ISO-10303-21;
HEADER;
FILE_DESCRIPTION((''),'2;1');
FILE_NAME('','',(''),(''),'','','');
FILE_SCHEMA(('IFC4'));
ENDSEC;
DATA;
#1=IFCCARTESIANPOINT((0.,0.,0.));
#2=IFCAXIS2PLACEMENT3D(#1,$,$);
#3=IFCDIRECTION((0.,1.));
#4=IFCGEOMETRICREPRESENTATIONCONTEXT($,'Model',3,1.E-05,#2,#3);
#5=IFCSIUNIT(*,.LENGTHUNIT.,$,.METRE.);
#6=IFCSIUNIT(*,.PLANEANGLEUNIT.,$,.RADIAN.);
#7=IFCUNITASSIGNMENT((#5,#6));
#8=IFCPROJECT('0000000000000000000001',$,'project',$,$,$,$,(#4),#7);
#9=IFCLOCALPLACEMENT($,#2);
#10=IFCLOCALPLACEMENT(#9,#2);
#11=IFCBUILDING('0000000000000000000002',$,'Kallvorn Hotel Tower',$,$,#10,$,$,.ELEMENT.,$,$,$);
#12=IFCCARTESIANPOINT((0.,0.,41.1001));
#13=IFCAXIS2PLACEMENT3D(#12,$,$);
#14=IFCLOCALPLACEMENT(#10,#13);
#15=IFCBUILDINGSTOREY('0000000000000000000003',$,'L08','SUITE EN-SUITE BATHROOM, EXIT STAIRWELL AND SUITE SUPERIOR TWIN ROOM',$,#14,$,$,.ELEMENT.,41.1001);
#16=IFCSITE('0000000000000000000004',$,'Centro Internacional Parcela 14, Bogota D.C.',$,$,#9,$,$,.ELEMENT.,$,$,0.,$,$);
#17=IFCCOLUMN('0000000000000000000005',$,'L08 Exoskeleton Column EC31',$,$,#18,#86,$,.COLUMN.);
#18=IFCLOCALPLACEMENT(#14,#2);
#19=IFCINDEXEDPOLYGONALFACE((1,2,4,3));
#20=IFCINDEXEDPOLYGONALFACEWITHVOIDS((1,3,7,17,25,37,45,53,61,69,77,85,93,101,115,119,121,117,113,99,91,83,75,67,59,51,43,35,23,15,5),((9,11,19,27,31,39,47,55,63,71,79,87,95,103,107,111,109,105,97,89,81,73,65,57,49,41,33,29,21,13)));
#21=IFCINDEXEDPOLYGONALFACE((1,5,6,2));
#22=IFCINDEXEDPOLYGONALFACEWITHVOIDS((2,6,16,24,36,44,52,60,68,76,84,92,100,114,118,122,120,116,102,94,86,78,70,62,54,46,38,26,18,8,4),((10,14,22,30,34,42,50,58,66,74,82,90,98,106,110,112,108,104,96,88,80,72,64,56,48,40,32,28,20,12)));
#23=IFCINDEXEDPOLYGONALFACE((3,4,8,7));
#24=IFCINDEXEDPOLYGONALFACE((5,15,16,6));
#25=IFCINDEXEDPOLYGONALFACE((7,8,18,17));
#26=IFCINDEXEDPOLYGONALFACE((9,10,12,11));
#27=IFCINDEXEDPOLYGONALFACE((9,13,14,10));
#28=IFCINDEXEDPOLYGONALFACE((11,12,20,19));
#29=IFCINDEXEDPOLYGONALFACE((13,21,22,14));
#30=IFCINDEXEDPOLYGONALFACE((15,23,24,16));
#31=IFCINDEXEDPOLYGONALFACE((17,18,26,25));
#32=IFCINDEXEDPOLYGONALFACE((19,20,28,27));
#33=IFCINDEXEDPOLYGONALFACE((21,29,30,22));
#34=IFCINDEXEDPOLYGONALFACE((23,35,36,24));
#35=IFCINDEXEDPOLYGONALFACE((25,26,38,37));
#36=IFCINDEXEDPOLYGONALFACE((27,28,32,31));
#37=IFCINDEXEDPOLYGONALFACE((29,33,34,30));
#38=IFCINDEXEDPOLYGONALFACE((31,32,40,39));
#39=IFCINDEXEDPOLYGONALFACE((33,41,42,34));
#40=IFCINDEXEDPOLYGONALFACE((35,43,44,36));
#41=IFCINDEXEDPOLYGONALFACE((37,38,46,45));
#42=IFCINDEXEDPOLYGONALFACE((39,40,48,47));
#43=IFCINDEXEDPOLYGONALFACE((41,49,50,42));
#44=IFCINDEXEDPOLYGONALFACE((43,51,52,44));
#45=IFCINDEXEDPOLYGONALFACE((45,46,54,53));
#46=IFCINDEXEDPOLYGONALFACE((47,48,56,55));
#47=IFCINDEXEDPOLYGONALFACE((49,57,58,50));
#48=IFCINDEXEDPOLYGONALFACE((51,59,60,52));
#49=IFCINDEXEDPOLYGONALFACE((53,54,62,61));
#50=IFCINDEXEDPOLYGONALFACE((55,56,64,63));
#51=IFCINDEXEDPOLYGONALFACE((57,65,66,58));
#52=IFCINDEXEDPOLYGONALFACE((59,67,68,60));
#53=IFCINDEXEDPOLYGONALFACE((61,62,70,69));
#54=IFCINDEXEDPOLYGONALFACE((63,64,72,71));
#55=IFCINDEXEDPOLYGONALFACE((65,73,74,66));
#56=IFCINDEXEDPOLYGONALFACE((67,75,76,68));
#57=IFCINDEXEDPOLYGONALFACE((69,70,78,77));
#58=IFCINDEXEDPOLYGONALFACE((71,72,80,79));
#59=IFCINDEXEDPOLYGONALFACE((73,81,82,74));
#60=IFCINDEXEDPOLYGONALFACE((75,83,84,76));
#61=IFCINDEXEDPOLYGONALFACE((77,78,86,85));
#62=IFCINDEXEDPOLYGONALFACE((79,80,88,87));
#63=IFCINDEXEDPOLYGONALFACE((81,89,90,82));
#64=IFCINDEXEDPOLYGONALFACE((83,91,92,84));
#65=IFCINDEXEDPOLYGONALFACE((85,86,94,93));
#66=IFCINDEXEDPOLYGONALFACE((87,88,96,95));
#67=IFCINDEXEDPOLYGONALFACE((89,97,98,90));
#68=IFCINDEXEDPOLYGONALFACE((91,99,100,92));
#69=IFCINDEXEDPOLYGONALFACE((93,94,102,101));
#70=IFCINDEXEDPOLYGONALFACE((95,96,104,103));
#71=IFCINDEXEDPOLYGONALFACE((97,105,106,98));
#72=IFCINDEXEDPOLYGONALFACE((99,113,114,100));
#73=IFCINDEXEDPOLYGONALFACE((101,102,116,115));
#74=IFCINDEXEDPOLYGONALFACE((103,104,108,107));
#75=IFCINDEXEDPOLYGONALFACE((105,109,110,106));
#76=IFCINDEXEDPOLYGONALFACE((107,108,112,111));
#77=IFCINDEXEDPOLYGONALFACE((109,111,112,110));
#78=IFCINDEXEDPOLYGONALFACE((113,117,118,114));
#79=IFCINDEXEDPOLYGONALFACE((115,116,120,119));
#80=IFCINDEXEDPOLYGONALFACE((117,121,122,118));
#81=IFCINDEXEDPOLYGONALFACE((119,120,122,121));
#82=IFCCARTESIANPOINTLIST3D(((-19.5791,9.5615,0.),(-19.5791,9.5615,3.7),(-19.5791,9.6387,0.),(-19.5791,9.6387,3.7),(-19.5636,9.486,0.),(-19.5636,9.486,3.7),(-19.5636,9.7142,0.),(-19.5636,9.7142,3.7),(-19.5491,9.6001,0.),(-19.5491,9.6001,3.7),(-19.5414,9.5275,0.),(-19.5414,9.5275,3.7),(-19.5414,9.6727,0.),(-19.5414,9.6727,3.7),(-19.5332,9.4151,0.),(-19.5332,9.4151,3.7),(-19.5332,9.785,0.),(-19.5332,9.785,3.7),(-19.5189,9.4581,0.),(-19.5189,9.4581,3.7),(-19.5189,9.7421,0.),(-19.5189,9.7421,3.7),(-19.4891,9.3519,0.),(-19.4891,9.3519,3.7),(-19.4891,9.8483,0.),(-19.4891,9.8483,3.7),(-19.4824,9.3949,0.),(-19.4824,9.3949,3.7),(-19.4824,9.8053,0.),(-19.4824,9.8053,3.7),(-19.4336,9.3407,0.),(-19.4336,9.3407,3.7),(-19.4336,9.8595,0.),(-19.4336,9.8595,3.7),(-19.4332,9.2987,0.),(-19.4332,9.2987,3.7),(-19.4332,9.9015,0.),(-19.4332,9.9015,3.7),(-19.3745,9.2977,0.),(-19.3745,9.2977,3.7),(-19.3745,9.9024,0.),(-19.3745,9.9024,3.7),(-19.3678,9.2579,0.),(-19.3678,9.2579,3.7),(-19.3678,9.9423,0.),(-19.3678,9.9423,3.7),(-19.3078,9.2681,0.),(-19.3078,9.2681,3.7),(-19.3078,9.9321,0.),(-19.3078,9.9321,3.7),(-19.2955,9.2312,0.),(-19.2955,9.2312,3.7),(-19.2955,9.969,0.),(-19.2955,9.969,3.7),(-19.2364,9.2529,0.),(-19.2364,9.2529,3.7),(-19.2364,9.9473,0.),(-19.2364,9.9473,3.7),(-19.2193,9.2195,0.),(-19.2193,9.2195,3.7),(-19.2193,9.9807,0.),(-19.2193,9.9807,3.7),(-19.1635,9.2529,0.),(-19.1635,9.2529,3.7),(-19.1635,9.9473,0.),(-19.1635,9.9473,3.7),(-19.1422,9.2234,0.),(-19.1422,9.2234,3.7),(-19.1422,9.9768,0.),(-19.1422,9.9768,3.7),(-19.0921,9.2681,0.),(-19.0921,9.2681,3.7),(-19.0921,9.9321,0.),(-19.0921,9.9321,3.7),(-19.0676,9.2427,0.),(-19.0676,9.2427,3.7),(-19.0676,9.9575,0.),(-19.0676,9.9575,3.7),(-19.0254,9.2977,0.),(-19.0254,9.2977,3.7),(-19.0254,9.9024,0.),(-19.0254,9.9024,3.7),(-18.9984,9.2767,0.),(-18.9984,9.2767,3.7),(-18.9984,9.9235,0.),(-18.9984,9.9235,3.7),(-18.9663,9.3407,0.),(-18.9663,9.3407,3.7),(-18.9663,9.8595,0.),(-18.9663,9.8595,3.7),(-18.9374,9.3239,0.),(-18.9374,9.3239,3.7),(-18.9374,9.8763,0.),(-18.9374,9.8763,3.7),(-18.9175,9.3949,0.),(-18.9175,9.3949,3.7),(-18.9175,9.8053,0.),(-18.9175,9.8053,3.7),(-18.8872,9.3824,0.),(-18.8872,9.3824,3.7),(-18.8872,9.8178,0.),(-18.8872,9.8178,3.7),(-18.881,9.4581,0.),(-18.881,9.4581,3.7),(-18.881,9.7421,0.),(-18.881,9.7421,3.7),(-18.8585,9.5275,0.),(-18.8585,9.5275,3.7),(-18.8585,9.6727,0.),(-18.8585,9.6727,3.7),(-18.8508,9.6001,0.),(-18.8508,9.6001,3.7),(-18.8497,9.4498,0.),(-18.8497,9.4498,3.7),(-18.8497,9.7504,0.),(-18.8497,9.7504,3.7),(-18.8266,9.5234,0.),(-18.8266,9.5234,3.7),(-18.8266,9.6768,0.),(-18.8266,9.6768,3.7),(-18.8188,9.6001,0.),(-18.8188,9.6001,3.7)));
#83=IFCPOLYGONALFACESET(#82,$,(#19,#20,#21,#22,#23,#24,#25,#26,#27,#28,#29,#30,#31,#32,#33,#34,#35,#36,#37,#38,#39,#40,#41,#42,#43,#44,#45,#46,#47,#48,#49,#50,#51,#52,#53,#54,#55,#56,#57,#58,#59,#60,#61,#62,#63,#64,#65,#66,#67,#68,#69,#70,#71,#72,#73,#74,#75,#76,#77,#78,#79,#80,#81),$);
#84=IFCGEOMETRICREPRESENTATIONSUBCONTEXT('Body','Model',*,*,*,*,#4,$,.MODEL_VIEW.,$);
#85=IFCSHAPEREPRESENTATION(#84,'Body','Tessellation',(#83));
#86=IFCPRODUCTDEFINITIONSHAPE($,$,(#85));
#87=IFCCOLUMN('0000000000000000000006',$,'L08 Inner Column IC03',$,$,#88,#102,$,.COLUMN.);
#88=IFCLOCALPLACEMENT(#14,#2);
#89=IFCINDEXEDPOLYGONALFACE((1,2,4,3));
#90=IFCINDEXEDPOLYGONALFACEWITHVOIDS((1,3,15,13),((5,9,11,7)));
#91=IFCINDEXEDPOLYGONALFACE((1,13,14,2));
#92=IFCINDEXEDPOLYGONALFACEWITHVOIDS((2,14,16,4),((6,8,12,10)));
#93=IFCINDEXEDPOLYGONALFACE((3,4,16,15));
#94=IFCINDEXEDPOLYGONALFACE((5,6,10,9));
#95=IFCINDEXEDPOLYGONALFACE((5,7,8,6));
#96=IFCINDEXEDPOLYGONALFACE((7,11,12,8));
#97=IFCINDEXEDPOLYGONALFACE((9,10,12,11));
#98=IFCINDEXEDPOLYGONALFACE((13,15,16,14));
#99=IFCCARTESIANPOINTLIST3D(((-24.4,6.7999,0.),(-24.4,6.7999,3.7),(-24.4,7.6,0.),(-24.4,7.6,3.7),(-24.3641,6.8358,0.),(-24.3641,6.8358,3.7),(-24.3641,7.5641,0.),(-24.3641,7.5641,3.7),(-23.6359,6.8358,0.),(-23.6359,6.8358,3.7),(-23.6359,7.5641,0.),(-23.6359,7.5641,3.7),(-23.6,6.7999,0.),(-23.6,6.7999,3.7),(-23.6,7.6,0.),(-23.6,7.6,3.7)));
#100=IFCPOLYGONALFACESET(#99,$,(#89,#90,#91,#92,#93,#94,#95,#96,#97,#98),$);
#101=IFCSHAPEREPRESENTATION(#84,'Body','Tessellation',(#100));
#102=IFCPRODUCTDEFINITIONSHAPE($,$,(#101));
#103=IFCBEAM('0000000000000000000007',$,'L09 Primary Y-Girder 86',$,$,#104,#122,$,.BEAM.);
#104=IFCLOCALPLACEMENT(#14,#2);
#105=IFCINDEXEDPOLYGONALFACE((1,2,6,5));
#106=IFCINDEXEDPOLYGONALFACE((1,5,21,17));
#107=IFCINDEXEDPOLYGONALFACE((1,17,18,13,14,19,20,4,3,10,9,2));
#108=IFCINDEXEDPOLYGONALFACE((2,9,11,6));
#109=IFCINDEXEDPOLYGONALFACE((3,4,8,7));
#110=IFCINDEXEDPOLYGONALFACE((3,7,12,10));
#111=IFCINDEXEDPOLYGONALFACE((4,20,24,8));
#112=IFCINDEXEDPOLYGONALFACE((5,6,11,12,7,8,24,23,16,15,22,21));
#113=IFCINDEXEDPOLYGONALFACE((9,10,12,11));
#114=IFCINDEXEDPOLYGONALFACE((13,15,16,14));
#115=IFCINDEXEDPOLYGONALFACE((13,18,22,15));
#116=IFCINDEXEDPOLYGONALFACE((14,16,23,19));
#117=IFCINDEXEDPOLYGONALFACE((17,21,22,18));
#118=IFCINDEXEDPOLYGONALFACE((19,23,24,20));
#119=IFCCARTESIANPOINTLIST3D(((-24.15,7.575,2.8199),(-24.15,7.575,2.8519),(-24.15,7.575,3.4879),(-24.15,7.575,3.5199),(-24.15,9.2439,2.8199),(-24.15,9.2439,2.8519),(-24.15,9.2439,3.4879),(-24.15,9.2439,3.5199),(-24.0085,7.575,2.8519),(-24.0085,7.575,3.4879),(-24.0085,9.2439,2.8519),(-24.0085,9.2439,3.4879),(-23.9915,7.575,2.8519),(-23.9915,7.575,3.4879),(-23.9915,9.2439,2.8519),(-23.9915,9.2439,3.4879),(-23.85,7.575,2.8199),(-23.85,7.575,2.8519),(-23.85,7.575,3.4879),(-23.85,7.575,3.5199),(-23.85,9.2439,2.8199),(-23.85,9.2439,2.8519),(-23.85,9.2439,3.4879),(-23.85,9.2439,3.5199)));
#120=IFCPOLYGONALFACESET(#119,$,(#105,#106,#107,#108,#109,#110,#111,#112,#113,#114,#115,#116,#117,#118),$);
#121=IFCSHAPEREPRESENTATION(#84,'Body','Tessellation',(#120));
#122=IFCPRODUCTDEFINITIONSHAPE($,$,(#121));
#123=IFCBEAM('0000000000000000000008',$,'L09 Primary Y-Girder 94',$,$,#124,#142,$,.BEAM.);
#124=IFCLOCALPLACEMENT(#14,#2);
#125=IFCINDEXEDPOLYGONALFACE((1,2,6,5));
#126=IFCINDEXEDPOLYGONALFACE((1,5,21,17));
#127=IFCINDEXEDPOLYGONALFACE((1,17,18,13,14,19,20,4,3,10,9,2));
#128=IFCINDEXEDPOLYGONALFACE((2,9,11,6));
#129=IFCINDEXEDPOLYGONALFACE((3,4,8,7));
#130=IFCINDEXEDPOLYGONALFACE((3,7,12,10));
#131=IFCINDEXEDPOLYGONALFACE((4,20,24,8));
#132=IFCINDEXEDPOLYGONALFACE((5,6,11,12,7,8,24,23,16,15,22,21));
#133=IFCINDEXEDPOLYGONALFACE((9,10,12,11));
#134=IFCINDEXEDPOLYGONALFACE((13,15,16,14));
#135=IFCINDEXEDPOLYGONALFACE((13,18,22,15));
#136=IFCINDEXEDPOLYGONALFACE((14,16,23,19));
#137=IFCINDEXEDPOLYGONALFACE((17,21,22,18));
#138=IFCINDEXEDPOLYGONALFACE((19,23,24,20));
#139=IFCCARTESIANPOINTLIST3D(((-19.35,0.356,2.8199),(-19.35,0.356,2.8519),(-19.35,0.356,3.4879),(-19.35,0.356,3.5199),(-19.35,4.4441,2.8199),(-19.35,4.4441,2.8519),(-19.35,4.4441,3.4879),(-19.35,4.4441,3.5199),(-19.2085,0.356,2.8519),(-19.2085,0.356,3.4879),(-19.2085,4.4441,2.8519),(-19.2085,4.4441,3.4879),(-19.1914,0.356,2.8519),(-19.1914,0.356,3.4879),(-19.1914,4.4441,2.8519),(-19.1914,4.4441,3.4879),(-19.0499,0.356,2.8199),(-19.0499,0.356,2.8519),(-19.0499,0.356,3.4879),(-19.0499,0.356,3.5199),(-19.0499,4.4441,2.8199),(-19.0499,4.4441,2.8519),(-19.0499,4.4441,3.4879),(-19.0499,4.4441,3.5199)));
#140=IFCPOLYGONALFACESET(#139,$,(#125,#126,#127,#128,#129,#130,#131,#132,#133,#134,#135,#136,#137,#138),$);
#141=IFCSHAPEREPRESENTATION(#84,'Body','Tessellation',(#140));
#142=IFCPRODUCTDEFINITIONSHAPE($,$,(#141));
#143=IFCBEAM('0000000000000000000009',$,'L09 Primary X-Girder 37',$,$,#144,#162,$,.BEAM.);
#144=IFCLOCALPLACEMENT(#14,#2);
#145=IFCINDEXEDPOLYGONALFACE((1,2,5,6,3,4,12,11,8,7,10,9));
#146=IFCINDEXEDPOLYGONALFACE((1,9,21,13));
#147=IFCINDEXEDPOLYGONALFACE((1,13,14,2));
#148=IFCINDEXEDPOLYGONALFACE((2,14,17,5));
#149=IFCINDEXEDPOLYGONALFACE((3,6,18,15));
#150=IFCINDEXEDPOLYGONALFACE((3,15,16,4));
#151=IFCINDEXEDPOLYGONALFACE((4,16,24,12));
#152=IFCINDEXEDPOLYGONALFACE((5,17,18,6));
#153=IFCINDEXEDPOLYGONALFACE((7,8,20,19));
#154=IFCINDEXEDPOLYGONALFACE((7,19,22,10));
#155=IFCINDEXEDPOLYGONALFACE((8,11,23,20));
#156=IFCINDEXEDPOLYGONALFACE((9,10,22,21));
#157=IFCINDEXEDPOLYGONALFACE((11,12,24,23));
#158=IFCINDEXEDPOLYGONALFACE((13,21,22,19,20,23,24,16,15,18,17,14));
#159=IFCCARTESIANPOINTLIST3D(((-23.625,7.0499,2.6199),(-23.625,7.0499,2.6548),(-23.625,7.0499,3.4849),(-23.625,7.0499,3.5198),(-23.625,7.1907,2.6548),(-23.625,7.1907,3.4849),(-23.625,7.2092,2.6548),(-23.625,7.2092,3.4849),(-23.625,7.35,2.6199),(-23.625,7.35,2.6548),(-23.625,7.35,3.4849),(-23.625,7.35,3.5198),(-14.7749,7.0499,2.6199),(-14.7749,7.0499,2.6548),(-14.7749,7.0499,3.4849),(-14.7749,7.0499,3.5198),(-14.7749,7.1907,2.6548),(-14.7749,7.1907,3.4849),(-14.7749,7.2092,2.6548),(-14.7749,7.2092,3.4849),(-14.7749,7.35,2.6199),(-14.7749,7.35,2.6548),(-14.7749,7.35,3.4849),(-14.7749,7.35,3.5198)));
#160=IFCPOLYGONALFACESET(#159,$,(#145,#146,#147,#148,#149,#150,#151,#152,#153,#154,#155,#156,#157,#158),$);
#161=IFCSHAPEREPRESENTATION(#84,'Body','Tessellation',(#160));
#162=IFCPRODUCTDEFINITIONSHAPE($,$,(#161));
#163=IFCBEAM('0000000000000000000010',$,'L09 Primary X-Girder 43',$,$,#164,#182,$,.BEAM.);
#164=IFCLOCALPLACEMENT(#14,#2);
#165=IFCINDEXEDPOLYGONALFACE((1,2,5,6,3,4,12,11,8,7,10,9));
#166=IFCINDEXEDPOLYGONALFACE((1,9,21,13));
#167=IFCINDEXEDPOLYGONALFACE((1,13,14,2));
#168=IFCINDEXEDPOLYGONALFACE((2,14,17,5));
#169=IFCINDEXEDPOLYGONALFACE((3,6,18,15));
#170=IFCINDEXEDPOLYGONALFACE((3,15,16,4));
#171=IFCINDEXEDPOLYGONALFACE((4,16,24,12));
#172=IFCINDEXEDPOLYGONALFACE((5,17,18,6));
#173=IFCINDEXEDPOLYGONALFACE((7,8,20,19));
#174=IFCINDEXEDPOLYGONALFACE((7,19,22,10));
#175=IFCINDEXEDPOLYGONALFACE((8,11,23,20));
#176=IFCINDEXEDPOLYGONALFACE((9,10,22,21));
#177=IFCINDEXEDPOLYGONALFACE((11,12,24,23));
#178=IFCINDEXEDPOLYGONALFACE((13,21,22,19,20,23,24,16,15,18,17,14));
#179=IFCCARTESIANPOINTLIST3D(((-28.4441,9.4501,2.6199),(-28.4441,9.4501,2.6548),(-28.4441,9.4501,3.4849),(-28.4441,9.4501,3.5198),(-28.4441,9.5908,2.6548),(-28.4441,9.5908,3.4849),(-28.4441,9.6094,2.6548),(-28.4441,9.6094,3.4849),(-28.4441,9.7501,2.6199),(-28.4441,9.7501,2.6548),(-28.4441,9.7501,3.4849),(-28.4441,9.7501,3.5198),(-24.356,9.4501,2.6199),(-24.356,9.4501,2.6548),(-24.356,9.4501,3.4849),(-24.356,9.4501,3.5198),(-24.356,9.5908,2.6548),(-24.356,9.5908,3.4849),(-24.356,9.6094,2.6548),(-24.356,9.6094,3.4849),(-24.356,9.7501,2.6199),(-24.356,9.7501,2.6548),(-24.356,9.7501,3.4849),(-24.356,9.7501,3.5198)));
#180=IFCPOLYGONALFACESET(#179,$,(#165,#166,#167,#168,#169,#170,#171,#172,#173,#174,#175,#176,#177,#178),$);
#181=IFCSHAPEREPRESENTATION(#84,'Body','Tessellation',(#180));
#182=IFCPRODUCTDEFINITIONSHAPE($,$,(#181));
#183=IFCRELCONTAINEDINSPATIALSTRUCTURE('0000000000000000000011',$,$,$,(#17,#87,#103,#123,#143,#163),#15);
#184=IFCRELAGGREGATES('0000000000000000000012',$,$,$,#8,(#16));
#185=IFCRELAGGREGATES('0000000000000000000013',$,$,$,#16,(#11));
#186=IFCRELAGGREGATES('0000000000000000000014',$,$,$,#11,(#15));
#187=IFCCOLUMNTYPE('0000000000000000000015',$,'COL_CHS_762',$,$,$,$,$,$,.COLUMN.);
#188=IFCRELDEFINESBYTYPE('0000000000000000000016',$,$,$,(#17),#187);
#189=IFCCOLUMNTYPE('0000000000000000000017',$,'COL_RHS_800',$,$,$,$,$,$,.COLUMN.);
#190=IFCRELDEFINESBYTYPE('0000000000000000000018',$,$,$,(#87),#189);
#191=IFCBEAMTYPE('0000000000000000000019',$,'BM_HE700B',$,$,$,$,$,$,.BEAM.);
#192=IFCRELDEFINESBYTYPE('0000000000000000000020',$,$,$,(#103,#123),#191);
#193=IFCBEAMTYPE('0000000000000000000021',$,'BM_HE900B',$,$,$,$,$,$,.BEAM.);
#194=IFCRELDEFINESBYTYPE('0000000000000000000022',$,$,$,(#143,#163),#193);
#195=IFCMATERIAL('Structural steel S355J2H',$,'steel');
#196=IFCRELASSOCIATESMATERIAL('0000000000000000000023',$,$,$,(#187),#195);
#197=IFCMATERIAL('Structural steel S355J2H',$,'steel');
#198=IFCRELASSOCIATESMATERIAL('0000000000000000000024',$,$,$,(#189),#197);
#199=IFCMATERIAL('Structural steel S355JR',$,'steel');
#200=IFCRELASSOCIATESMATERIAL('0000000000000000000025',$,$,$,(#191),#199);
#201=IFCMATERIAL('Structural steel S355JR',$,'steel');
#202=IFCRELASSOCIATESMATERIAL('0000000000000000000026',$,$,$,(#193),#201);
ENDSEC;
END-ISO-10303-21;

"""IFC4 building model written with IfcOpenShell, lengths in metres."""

from ifc_helpers import new_model, si_unit, direction, frame, origin, origin_2d, place, context, subcontext, project, spatial, hollow_rectangle, hollow_circle, i_section, extrude, material, material_profile, profile_set, type_object, element, save


model = new_model("IFC4")

# Units and contexts
model_context = context("Model", 3, precision=1e-05, world=origin(), true_north=direction((0.0, 1.0)))
body_context = subcontext(model_context, "Body", "Model", "MODEL_VIEW")
ifc_project = project(units=[si_unit("LENGTHUNIT", "METRE"), si_unit("PLANEANGLEUNIT", "RADIAN")], contexts=[model_context])

# Site, building, storey
site_placement = place(None, origin())
site = spatial("IfcSite", under=ifc_project, at=site_placement, Name="Centro Internacional Parcela 14, Bogota D.C.", CompositionType="ELEMENT", RefElevation=0.0)
building_placement = place(site_placement, origin())
building = spatial("IfcBuilding", under=site, at=building_placement, Name="Kallvorn Hotel Tower", CompositionType="ELEMENT")
storey_placement = place(building_placement, frame((0.0, 0.0, 41.1001)))
storey = spatial("IfcBuildingStorey", under=building, at=storey_placement, Name="L08", Description="SUITE EN-SUITE BATHROOM, EXIT STAIRWELL AND SUITE SUPERIOR TWIN ROOM", CompositionType="ELEMENT", Elevation=41.1001)

# Columns
ifc_material_1 = material(Name="Structural steel S355J2H", Category="steel")
ifc_material_profile_1 = material_profile(ifc_material_1, hollow_circle(Radius=0.3811, WallThickness=0.032, at=origin_2d()), Name="CHS 762x32")
ifc_profile_set_1 = profile_set([ifc_material_profile_1], Name="Structural steel S355J2H")
column_type_1 = type_object("IfcColumnType", Name="COL_CHS_762", PredefinedType="COLUMN", material=ifc_profile_set_1)
for number, where, z_axis, x_axis, name in (
    (1, (-19.2, 9.6001, 0.0), (0.0, 0.0, 1.0), (1.0, 0.0, 0.0), "L08 Exoskeleton Column EC31"),
):
    element("IfcColumn", number, at=place(storey_placement, frame(where, z_axis=z_axis, x_axis=x_axis)), inside=storey, type_object=column_type_1, Name=name, PredefinedType="COLUMN", context=body_context, shape_type="SweptSolid", body=[
        extrude(hollow_circle(Radius=0.3811, WallThickness=0.032, at=origin_2d()), origin(), (0.0, 0.0, 1.0), 3.7),
    ])
ifc_material_2 = material(Name="Structural steel S355J2H", Category="steel")
ifc_material_profile_2 = material_profile(ifc_material_2, hollow_rectangle(XDim=0.8, YDim=0.8, WallThickness=0.0359, at=origin_2d()), Name="RHS 800x800x36")
ifc_profile_set_2 = profile_set([ifc_material_profile_2], Name="Structural steel S355J2H")
column_type_2 = type_object("IfcColumnType", Name="COL_RHS_800", PredefinedType="COLUMN", material=ifc_profile_set_2)
column_placement = place(storey_placement, frame((-24.0, 7.2, 0.0), z_axis=(0.0, 0.0, 1.0), x_axis=(1.0, 0.0, 0.0)))
element("IfcColumn", 2, at=column_placement, inside=storey, type_object=column_type_2, Name="L08 Inner Column IC03", PredefinedType="COLUMN", context=body_context, shape_type="SweptSolid", body=[
    extrude(hollow_rectangle(XDim=0.8, YDim=0.8, WallThickness=0.0359, at=origin_2d()), origin(), (0.0, 0.0, 1.0), 3.7),
])

# Beams
ifc_material_3 = material(Name="Structural steel S355JR", Category="steel")
ifc_material_profile_3 = material_profile(ifc_material_3, i_section(OverallWidth=0.3, OverallDepth=0.7, WebThickness=0.0171, FlangeThickness=0.032, at=origin_2d()), Name="HE 700 B")
ifc_profile_set_3 = profile_set([ifc_material_profile_3], Name="Structural steel S355JR")
beam_type_1 = type_object("IfcBeamType", Name="BM_HE700B", PredefinedType="BEAM", material=ifc_profile_set_3)
beam_1_placement = place(storey_placement, frame((-24.0, 7.575, 3.1699), z_axis=(0.0, 1.0, 0.0), x_axis=(-1.0, 0.0, 0.0)))
element("IfcBeam", 3, at=beam_1_placement, inside=storey, type_object=beam_type_1, Name="L09 Primary Y-Girder 86", PredefinedType="BEAM", context=body_context, shape_type="SweptSolid", body=[
    extrude(i_section(OverallWidth=0.3, OverallDepth=0.7, WebThickness=0.0171, FlangeThickness=0.032, at=origin_2d()), origin(), (0.0, 0.0, 1.0), 1.6689),
])
beam_2_placement = place(storey_placement, frame((-19.2, 0.356, 3.1699), z_axis=(0.0, 1.0, 0.0), x_axis=(-1.0, 0.0, 0.0)))
element("IfcBeam", 4, at=beam_2_placement, inside=storey, type_object=beam_type_1, Name="L09 Primary Y-Girder 94", PredefinedType="BEAM", context=body_context, shape_type="SweptSolid", body=[
    extrude(i_section(OverallWidth=0.3, OverallDepth=0.7, WebThickness=0.0171, FlangeThickness=0.032, at=origin_2d()), origin(), (0.0, 0.0, 1.0), 4.0881),
])
ifc_material_4 = material(Name="Structural steel S355JR", Category="steel")
ifc_material_profile_4 = material_profile(ifc_material_4, i_section(OverallWidth=0.3, OverallDepth=0.8999, WebThickness=0.0186, FlangeThickness=0.0349, at=origin_2d()), Name="HE 900 B")
ifc_profile_set_4 = profile_set([ifc_material_profile_4], Name="Structural steel S355JR")
beam_type_2 = type_object("IfcBeamType", Name="BM_HE900B", PredefinedType="BEAM", material=ifc_profile_set_4)
beam_3_placement = place(storey_placement, frame((-23.625, 7.2, 3.0698), z_axis=(1.0, 0.0, 0.0), x_axis=(0.0, 1.0, 0.0)))
element("IfcBeam", 5, at=beam_3_placement, inside=storey, type_object=beam_type_2, Name="L09 Primary X-Girder 37", PredefinedType="BEAM", context=body_context, shape_type="SweptSolid", body=[
    extrude(i_section(OverallWidth=0.3, OverallDepth=0.8999, WebThickness=0.0186, FlangeThickness=0.0349, at=origin_2d()), origin(), (0.0, 0.0, 1.0), 8.8501),
])
for number, where, z_axis, x_axis, name in (
    (6, (-28.4441, 9.6001, 3.0698), (1.0, 0.0, 0.0), (0.0, 1.0, 0.0), "L09 Primary X-Girder 43"),
):
    element("IfcBeam", number, at=place(storey_placement, frame(where, z_axis=z_axis, x_axis=x_axis)), inside=storey, type_object=beam_type_2, Name=name, PredefinedType="BEAM", context=body_context, shape_type="SweptSolid", body=[
        extrude(i_section(OverallWidth=0.3, OverallDepth=0.8999, WebThickness=0.0186, FlangeThickness=0.0349, at=origin_2d()), origin(), (0.0, 0.0, 1.0), 4.0881),
    ])

save(model, "model.ifc")
